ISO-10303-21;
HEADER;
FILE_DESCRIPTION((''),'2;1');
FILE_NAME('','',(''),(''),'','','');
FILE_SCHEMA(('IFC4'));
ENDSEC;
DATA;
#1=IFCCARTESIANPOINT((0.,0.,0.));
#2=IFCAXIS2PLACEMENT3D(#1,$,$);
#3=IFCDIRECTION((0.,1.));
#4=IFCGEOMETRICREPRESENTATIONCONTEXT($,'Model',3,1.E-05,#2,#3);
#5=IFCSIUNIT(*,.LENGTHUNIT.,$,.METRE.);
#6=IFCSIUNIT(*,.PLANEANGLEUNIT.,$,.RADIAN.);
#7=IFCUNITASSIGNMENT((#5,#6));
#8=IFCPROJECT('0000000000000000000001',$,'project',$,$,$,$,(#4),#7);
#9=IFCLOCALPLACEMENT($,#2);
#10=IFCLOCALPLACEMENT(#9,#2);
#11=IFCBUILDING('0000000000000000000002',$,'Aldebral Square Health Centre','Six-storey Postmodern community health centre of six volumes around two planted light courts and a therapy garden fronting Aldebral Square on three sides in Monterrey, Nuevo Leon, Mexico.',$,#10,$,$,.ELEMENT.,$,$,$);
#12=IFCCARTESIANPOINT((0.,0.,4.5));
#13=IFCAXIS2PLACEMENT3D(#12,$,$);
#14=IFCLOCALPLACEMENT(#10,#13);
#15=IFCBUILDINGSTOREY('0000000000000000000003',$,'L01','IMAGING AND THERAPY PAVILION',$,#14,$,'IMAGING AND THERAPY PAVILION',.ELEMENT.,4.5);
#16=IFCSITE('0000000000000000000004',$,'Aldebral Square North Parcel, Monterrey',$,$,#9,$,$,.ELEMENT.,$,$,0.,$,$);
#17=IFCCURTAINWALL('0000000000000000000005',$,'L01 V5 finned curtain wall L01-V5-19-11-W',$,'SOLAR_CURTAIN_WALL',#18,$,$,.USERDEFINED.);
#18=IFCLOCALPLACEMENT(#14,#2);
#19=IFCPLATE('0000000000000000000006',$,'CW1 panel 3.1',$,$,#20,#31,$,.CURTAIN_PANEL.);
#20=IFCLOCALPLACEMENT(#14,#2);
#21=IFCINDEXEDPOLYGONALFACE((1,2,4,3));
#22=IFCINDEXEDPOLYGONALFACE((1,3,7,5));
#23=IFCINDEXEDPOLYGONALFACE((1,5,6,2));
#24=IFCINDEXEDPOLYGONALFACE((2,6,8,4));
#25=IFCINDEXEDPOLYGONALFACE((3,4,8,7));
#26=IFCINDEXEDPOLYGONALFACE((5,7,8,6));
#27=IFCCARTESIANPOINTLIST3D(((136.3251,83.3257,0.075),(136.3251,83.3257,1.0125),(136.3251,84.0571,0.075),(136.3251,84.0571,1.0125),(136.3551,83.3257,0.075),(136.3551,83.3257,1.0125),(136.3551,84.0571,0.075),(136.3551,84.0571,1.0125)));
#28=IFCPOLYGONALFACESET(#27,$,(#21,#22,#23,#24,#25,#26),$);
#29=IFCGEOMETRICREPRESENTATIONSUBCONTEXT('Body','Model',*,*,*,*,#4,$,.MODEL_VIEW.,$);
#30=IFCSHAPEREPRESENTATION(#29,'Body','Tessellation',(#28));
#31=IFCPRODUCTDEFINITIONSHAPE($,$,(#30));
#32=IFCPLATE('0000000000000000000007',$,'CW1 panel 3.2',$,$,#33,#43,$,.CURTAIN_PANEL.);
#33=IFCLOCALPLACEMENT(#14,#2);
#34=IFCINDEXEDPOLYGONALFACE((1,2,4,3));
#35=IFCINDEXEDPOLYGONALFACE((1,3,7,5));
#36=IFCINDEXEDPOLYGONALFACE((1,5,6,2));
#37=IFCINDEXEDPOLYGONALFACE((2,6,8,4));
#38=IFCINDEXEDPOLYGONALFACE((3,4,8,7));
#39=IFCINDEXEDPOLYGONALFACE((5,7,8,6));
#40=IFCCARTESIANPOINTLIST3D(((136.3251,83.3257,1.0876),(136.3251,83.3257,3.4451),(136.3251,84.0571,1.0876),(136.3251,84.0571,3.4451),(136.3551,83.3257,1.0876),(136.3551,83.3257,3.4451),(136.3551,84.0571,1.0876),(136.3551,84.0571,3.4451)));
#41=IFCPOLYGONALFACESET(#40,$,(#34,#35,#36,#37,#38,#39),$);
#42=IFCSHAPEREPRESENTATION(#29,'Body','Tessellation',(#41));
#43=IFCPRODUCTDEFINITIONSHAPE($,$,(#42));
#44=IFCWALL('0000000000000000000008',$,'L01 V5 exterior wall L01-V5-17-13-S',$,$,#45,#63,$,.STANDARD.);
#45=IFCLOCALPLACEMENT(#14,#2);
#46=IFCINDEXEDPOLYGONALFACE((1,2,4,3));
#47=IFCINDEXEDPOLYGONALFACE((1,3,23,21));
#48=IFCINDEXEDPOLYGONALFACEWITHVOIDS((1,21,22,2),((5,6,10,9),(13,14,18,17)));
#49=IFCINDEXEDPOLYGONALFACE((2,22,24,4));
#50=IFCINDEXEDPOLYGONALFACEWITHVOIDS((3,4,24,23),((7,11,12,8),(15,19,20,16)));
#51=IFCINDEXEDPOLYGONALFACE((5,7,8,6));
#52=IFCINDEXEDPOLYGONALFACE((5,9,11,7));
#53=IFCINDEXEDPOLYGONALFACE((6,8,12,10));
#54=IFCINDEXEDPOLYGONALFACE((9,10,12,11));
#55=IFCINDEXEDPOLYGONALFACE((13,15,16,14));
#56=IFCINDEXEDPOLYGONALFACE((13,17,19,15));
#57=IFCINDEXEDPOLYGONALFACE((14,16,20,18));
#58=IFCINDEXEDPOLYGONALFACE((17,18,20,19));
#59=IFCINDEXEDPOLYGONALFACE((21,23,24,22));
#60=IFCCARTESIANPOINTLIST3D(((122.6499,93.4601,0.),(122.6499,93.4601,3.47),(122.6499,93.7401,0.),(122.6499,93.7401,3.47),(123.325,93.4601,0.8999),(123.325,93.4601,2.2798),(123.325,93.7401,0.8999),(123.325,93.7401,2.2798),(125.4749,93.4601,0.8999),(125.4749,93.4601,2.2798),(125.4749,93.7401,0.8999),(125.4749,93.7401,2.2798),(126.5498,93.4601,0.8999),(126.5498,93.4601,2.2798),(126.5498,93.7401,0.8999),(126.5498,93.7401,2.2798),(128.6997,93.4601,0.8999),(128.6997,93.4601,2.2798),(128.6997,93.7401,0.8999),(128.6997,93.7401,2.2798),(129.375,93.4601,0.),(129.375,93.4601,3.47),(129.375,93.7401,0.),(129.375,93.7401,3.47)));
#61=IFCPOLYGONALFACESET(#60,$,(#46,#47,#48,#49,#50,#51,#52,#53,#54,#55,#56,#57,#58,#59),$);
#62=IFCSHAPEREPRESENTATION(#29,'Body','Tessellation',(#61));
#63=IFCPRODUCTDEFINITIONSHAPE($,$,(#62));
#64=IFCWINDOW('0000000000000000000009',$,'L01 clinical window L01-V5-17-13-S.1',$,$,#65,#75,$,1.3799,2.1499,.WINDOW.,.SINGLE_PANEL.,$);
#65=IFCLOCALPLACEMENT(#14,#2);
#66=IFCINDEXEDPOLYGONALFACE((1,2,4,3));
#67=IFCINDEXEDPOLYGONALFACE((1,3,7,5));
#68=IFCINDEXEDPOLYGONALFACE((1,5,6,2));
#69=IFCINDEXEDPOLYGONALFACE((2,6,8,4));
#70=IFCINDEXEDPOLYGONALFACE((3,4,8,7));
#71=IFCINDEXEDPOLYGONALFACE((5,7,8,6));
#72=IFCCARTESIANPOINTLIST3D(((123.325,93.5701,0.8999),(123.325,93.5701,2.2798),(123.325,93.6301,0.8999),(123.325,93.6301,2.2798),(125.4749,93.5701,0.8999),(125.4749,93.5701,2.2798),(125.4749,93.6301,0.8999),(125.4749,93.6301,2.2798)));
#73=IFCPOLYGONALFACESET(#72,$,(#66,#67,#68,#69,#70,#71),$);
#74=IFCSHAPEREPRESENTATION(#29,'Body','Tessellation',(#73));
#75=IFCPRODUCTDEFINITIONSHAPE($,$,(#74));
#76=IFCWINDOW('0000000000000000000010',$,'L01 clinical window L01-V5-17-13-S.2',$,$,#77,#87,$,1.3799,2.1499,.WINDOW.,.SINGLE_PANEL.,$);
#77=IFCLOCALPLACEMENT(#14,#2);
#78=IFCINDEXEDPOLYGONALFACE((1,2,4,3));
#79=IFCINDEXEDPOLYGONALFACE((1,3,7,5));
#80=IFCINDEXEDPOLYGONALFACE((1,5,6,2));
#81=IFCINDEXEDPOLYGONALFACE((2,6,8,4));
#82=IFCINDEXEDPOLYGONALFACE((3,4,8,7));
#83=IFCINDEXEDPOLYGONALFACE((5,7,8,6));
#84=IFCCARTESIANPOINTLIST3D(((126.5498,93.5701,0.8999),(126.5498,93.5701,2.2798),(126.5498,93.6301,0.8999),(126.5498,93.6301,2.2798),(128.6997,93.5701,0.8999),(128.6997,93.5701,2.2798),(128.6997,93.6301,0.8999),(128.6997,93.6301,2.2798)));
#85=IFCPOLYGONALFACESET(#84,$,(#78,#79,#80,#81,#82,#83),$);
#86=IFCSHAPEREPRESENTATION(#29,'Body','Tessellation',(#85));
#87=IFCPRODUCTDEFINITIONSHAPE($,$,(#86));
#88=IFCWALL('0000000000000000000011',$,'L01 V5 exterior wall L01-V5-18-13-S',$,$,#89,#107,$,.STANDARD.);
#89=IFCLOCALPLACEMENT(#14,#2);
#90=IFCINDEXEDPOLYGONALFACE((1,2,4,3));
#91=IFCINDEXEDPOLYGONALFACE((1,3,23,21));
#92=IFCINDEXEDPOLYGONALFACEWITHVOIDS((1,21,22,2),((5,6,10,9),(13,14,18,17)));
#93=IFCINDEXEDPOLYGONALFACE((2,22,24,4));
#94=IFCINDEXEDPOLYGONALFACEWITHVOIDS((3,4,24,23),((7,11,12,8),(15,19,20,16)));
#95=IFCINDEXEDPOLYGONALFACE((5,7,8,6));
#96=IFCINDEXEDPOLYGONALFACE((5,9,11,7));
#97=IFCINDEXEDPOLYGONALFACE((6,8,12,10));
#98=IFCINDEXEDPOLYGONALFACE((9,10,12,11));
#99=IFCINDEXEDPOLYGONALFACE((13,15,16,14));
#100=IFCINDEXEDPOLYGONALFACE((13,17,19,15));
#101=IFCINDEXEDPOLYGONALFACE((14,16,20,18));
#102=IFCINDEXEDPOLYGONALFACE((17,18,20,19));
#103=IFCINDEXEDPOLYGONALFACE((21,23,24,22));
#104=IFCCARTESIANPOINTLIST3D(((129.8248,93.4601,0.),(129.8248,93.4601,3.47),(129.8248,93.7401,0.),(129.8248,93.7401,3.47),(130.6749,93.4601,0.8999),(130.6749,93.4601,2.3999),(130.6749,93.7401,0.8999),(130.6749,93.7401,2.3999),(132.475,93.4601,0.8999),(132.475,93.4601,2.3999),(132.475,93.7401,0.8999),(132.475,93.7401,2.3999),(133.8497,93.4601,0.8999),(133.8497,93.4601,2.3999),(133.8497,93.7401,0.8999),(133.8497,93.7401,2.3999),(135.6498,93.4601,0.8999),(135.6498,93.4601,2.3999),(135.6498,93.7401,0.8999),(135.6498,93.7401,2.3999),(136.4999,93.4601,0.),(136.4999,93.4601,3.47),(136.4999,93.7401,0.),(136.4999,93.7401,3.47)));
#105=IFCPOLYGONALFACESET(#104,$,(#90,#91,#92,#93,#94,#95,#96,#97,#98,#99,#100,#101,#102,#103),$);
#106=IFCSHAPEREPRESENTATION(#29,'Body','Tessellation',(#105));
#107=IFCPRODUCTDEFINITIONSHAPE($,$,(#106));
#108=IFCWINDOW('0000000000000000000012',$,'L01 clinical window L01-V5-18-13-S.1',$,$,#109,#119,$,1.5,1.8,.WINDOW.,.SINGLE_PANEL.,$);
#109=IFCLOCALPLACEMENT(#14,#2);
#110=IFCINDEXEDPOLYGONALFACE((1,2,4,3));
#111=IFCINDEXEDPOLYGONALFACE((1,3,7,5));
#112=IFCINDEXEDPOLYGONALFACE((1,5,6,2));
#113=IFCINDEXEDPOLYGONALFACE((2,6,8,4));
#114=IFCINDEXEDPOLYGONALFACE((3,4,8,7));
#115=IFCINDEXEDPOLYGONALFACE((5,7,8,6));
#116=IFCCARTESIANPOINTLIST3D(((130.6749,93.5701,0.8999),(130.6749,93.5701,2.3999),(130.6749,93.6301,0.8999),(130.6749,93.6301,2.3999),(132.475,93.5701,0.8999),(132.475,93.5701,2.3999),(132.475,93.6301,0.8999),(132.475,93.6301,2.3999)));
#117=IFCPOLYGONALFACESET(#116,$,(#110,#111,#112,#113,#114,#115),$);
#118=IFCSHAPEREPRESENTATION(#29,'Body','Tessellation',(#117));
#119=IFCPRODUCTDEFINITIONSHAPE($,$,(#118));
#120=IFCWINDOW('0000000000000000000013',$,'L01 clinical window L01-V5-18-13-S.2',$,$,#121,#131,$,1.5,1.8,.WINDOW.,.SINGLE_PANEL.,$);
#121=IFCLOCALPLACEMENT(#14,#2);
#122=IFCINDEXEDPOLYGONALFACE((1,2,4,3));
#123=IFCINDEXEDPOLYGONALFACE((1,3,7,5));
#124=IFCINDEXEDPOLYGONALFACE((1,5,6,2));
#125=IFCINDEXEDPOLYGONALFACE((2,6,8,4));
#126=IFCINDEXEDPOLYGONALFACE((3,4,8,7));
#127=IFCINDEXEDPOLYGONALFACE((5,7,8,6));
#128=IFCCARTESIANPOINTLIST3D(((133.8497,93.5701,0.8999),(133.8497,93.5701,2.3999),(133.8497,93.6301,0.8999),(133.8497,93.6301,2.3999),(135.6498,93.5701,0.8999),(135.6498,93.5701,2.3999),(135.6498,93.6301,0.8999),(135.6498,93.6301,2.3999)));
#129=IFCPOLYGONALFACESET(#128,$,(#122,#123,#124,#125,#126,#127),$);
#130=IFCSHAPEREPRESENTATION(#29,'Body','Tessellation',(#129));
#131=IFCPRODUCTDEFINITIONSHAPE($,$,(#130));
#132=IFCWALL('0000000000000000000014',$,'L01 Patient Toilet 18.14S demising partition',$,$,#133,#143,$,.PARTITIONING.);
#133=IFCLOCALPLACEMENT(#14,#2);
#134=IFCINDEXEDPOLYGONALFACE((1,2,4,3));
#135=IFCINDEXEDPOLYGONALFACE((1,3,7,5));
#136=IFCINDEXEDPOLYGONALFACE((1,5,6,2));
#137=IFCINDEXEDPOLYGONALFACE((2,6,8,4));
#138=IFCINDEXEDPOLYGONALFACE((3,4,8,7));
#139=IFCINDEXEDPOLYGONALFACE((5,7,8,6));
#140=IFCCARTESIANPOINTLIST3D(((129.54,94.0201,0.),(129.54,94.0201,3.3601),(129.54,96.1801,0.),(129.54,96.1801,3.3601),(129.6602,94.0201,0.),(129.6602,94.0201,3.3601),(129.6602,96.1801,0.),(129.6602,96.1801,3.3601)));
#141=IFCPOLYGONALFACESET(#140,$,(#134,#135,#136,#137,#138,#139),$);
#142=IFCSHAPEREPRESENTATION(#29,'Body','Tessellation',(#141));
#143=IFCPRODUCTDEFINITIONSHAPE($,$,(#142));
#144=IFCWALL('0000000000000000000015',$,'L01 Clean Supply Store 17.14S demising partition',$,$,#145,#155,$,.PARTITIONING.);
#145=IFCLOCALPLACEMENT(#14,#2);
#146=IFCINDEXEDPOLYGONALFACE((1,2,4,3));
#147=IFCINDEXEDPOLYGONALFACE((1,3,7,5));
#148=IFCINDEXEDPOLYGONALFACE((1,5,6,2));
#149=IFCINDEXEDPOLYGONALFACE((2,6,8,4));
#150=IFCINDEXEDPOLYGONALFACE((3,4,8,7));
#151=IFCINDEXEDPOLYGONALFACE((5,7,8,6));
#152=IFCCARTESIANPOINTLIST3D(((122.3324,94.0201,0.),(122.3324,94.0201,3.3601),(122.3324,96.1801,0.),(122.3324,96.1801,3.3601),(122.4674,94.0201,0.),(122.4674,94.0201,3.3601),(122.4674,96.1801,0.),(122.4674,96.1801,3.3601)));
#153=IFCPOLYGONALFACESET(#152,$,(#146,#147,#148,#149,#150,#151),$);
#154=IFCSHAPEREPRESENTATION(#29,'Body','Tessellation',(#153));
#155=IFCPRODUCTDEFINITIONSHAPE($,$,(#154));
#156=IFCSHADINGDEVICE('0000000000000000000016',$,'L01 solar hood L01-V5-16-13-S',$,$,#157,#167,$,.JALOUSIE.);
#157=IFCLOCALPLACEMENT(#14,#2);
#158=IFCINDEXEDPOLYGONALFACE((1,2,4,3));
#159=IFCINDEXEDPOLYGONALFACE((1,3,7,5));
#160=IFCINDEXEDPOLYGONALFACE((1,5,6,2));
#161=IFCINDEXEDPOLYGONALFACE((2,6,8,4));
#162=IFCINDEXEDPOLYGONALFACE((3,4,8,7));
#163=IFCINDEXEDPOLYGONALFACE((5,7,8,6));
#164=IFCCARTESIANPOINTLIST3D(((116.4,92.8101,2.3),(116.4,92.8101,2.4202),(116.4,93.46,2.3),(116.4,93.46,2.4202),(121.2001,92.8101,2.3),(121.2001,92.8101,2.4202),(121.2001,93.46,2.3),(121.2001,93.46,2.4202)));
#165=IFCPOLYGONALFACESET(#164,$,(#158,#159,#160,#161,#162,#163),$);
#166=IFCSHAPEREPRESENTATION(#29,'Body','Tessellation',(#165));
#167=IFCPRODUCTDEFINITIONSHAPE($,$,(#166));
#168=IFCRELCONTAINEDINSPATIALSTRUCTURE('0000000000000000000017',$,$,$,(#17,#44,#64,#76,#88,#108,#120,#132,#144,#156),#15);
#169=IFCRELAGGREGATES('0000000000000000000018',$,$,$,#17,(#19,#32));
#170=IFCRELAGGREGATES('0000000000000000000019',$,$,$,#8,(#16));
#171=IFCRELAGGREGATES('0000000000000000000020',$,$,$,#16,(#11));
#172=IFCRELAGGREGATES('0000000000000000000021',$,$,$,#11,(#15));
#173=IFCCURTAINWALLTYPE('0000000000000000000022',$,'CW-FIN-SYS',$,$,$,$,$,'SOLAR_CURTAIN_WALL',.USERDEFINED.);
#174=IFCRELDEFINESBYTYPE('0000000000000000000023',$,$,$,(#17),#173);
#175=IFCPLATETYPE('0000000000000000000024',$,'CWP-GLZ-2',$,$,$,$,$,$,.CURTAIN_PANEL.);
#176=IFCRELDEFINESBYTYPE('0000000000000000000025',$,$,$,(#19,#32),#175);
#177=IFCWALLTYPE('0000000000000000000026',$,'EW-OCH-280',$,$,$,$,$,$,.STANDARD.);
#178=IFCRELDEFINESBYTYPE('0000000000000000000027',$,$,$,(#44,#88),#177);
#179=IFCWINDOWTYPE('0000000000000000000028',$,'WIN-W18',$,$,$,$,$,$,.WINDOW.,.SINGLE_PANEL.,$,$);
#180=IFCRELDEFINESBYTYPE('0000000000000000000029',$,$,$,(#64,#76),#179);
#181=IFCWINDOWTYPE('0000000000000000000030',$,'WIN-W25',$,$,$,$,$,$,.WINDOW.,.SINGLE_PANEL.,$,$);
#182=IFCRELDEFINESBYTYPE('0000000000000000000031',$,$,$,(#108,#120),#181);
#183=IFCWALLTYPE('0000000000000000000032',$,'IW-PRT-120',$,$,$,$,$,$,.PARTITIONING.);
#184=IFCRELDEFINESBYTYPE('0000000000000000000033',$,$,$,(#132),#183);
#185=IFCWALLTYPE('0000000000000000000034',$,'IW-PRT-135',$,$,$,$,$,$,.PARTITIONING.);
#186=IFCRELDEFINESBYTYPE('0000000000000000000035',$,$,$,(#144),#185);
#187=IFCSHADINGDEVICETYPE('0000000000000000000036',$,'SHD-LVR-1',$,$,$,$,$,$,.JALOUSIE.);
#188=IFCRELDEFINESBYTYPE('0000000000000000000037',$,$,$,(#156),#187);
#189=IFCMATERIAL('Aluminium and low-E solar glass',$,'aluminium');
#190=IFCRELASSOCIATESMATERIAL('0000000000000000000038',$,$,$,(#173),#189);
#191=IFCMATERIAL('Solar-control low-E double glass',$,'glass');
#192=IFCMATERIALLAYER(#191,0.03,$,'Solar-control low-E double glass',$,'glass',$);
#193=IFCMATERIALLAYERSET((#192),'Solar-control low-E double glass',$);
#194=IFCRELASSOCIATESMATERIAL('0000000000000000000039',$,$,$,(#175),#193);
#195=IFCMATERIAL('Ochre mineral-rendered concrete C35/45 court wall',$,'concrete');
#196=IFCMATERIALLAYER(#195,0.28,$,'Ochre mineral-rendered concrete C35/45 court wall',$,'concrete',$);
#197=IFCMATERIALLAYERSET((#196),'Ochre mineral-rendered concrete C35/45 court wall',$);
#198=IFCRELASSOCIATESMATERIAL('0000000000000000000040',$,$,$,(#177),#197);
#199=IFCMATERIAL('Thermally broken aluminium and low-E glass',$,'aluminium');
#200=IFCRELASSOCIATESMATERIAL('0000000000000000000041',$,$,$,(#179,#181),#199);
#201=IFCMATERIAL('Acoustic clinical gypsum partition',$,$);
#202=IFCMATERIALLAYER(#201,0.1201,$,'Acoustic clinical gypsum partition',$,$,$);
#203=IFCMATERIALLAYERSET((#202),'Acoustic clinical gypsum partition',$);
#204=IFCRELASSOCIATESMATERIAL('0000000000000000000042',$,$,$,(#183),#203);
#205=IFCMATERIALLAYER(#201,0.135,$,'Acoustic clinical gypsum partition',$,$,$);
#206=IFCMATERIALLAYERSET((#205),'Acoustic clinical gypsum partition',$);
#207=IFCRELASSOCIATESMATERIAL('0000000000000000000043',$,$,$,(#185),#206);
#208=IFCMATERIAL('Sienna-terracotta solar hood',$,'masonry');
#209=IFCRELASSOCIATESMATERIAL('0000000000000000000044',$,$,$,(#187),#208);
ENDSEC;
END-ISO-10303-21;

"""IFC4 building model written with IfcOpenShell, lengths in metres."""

from ifc_helpers import new_model, si_unit, direction, frame, frame_2d, origin, origin_2d, place, context, subcontext, project, spatial, rectangle, extrude, material, layer, layer_set, type_object, element, fill, aggregate, save


model = new_model("IFC4")

# Units and contexts
model_context = context("Model", 3, precision=1e-05, world=origin(), true_north=direction((0.0, 1.0)))
body_context = subcontext(model_context, "Body", "Model", "MODEL_VIEW")
ifc_project = project(units=[si_unit("LENGTHUNIT", "METRE"), si_unit("PLANEANGLEUNIT", "RADIAN")], contexts=[model_context])

# Site, building, storey
site_placement = place(None, origin())
site = spatial("IfcSite", under=ifc_project, at=site_placement, Name="Aldebral Square North Parcel, Monterrey", CompositionType="ELEMENT", RefElevation=0.0)
building_placement = place(site_placement, origin())
building = spatial("IfcBuilding", under=site, at=building_placement, Name="Aldebral Square Health Centre", Description="Six-storey Postmodern community health centre of six volumes around two planted light courts and a therapy garden fronting Aldebral Square on three sides in Monterrey, Nuevo Leon, Mexico.", CompositionType="ELEMENT")
storey_placement = place(building_placement, frame((0.0, 0.0, 4.5)))
storey = spatial("IfcBuildingStorey", under=building, at=storey_placement, Name="L01", Description="IMAGING AND THERAPY PAVILION", LongName="IMAGING AND THERAPY PAVILION", CompositionType="ELEMENT", Elevation=4.5)

# Curtain wall, plates
ifc_material_1 = material(Name="Aluminium and low-E solar glass", Category="aluminium")
curtain_wall_type = type_object("IfcCurtainWallType", Name="CW-FIN-SYS", ElementType="SOLAR_CURTAIN_WALL", PredefinedType="USERDEFINED", material=ifc_material_1)
curtain_wall_placement = place(storey_placement, origin())
curtain_wall = element("IfcCurtainWall", 1, at=curtain_wall_placement, inside=storey, type_object=curtain_wall_type, Name="L01 V5 finned curtain wall L01-V5-19-11-W", ObjectType="SOLAR_CURTAIN_WALL", PredefinedType="USERDEFINED")
ifc_material_2 = material(Name="Solar-control low-E double glass", Category="glass")
ifc_layer_1 = layer(ifc_material_2, 0.03, Name="Solar-control low-E double glass", Category="glass")
ifc_layer_set_1 = layer_set([ifc_layer_1], Name="Solar-control low-E double glass")
plate_type = type_object("IfcPlateType", Name="CWP-GLZ-2", PredefinedType="CURTAIN_PANEL", material=ifc_layer_set_1)
plate_1_placement = place(storey_placement, frame((136.3401, 83.6914, 0.075), z_axis=(0.0, 0.0, 1.0), x_axis=(0.0, -1.0, 0.0)))
plate_1 = element("IfcPlate", 2, at=plate_1_placement, type_object=plate_type, Name="CW1 panel 3.1", PredefinedType="CURTAIN_PANEL", context=body_context, shape_type="SweptSolid", body=[
    extrude(rectangle(XDim=0.7314, YDim=0.03, at=origin_2d()), origin(), (0.0, 0.0, 1.0), 0.9375),
])
plate_2_placement = place(storey_placement, frame((136.3401, 83.6914, 1.0876), z_axis=(0.0, 0.0, 1.0), x_axis=(0.0, -1.0, 0.0)))
plate_2 = element("IfcPlate", 3, at=plate_2_placement, type_object=plate_type, Name="CW1 panel 3.2", PredefinedType="CURTAIN_PANEL", context=body_context, shape_type="SweptSolid", body=[
    extrude(rectangle(XDim=0.7314, YDim=0.03, at=origin_2d()), origin(), (0.0, 0.0, 1.0), 2.3574),
])
aggregate(curtain_wall, [plate_1, plate_2])

# Walls, openings, windows
ifc_material_3 = material(Name="Ochre mineral-rendered concrete C35/45 court wall", Category="concrete")
ifc_layer_2 = layer(ifc_material_3, 0.28, Name="Ochre mineral-rendered concrete C35/45 court wall", Category="concrete")
ifc_layer_set_2 = layer_set([ifc_layer_2], Name="Ochre mineral-rendered concrete C35/45 court wall")
wall_type_1 = type_object("IfcWallType", Name="EW-OCH-280", PredefinedType="STANDARD", material=ifc_layer_set_2)
wall_1_placement = place(storey_placement, frame((122.6499, 93.6001, 0.0), z_axis=(0.0, 0.0, 1.0), x_axis=(1.0, 0.0, 0.0)))
wall_1 = element("IfcWall", 4, at=wall_1_placement, inside=storey, type_object=wall_type_1, Name="L01 V5 exterior wall L01-V5-17-13-S", PredefinedType="STANDARD", context=body_context, shape_type="SweptSolid", body=[
    extrude(rectangle(XDim=6.7251, YDim=0.28, at=frame_2d((3.3625, 0.0))), origin(), (0.0, 0.0, 1.0), 3.47),
])
opening_1_placement = place(wall_1_placement, frame((0.675, 0.0, 0.8999)))
opening_1 = element("IfcOpeningElement", 5, at=opening_1_placement, cuts=wall_1, PredefinedType="OPENING", context=body_context, shape_type="SweptSolid", body=[
    extrude(rectangle(XDim=2.1499, YDim=1.3799, at=frame_2d((1.075, 0.6899))), frame((0.0, 0.1499, 0.0), z_axis=(0.0, -1.0, 0.0), x_axis=(1.0, 0.0, 0.0)), (0.0, 0.0, 1.0), 0.3),
])
opening_2_placement = place(wall_1_placement, frame((3.8999, 0.0, 0.8999)))
opening_2 = element("IfcOpeningElement", 6, at=opening_2_placement, cuts=wall_1, PredefinedType="OPENING", context=body_context, shape_type="SweptSolid", body=[
    extrude(rectangle(XDim=2.1499, YDim=1.3799, at=frame_2d((1.075, 0.6899))), frame((0.0, 0.1499, 0.0), z_axis=(0.0, -1.0, 0.0), x_axis=(1.0, 0.0, 0.0)), (0.0, 0.0, 1.0), 0.3),
])
ifc_material_4 = material(Name="Thermally broken aluminium and low-E glass", Category="aluminium")
window_type_1 = type_object("IfcWindowType", Name="WIN-W18", PartitioningType="SINGLE_PANEL", PredefinedType="WINDOW", material=ifc_material_4)
window_1_placement = place(opening_1_placement, origin())
window_1 = element("IfcWindow", 7, at=window_1_placement, inside=storey, type_object=window_type_1, Name="L01 clinical window L01-V5-17-13-S.1", OverallHeight=1.3799, OverallWidth=2.1499, PartitioningType="SINGLE_PANEL", PredefinedType="WINDOW", context=body_context, shape_type="SweptSolid", body=[
    extrude(rectangle(XDim=2.1499, YDim=1.3799, at=frame_2d((1.075, 0.6899))), frame((0.0, 0.03, 0.0), z_axis=(0.0, -1.0, 0.0), x_axis=(1.0, 0.0, 0.0)), (0.0, 0.0, 1.0), 0.0601),
])
fill(opening_1, window_1)
window_2_placement = place(opening_2_placement, origin())
window_2 = element("IfcWindow", 8, at=window_2_placement, inside=storey, type_object=window_type_1, Name="L01 clinical window L01-V5-17-13-S.2", OverallHeight=1.3799, OverallWidth=2.1499, PartitioningType="SINGLE_PANEL", PredefinedType="WINDOW", context=body_context, shape_type="SweptSolid", body=[
    extrude(rectangle(XDim=2.1499, YDim=1.3799, at=frame_2d((1.075, 0.6899))), frame((0.0, 0.03, 0.0), z_axis=(0.0, -1.0, 0.0), x_axis=(1.0, 0.0, 0.0)), (0.0, 0.0, 1.0), 0.0601),
])
fill(opening_2, window_2)
wall_2_placement = place(storey_placement, frame((129.825, 93.6001, 0.0), z_axis=(0.0, 0.0, 1.0), x_axis=(1.0, 0.0, 0.0)))
wall_2 = element("IfcWall", 9, at=wall_2_placement, inside=storey, type_object=wall_type_1, Name="L01 V5 exterior wall L01-V5-18-13-S", PredefinedType="STANDARD", context=body_context, shape_type="SweptSolid", body=[
    extrude(rectangle(XDim=6.675, YDim=0.28, at=frame_2d((3.3374, 0.0))), origin(), (0.0, 0.0, 1.0), 3.47),
])
opening_3_placement = place(wall_2_placement, frame((0.8501, 0.0, 0.8999)))
opening_3 = element("IfcOpeningElement", 10, at=opening_3_placement, cuts=wall_2, PredefinedType="OPENING", context=body_context, shape_type="SweptSolid", body=[
    extrude(rectangle(XDim=1.8, YDim=1.5, at=frame_2d((0.8999, 0.75))), frame((0.0, 0.1499, 0.0), z_axis=(0.0, -1.0, 0.0), x_axis=(1.0, 0.0, 0.0)), (0.0, 0.0, 1.0), 0.3),
])
opening_4_placement = place(wall_2_placement, frame((4.0249, 0.0, 0.8999)))
opening_4 = element("IfcOpeningElement", 11, at=opening_4_placement, cuts=wall_2, PredefinedType="OPENING", context=body_context, shape_type="SweptSolid", body=[
    extrude(rectangle(XDim=1.8, YDim=1.5, at=frame_2d((0.8999, 0.75))), frame((0.0, 0.1499, 0.0), z_axis=(0.0, -1.0, 0.0), x_axis=(1.0, 0.0, 0.0)), (0.0, 0.0, 1.0), 0.3),
])
window_type_2 = type_object("IfcWindowType", Name="WIN-W25", PartitioningType="SINGLE_PANEL", PredefinedType="WINDOW", material=ifc_material_4)
window_3_placement = place(opening_3_placement, origin())
window_3 = element("IfcWindow", 12, at=window_3_placement, inside=storey, type_object=window_type_2, Name="L01 clinical window L01-V5-18-13-S.1", OverallHeight=1.5, OverallWidth=1.8, PartitioningType="SINGLE_PANEL", PredefinedType="WINDOW", context=body_context, shape_type="SweptSolid", body=[
    extrude(rectangle(XDim=1.8, YDim=1.5, at=frame_2d((0.8999, 0.75))), frame((0.0, 0.03, 0.0), z_axis=(0.0, -1.0, 0.0), x_axis=(1.0, 0.0, 0.0)), (0.0, 0.0, 1.0), 0.0601),
])
fill(opening_3, window_3)
window_4_placement = place(opening_4_placement, origin())
window_4 = element("IfcWindow", 13, at=window_4_placement, inside=storey, type_object=window_type_2, Name="L01 clinical window L01-V5-18-13-S.2", OverallHeight=1.5, OverallWidth=1.8, PartitioningType="SINGLE_PANEL", PredefinedType="WINDOW", context=body_context, shape_type="SweptSolid", body=[
    extrude(rectangle(XDim=1.8, YDim=1.5, at=frame_2d((0.8999, 0.75))), frame((0.0, 0.03, 0.0), z_axis=(0.0, -1.0, 0.0), x_axis=(1.0, 0.0, 0.0)), (0.0, 0.0, 1.0), 0.0601),
])
fill(opening_4, window_4)

# Walls
ifc_material_5 = material(Name="Acoustic clinical gypsum partition")
ifc_layer_3 = layer(ifc_material_5, 0.1201, Name="Acoustic clinical gypsum partition")
ifc_layer_set_3 = layer_set([ifc_layer_3], Name="Acoustic clinical gypsum partition")
wall_type_2 = type_object("IfcWallType", Name="IW-PRT-120", PredefinedType="PARTITIONING", material=ifc_layer_set_3)
wall_3_placement = place(storey_placement, frame((129.6001, 94.02, 0.0), z_axis=(0.0, 0.0, 1.0), x_axis=(0.0, 1.0, 0.0)))
element("IfcWall", 14, at=wall_3_placement, inside=storey, type_object=wall_type_2, Name="L01 Patient Toilet 18.14S demising partition", PredefinedType="PARTITIONING", context=body_context, shape_type="SweptSolid", body=[
    extrude(rectangle(XDim=2.1599, YDim=0.1201, at=frame_2d((1.0801, 0.0))), origin(), (0.0, 0.0, 1.0), 3.3601),
])
ifc_layer_4 = layer(ifc_material_5, 0.135, Name="Acoustic clinical gypsum partition")
ifc_layer_set_4 = layer_set([ifc_layer_4], Name="Acoustic clinical gypsum partition")
wall_type_3 = type_object("IfcWallType", Name="IW-PRT-135", PredefinedType="PARTITIONING", material=ifc_layer_set_4)
wall_4_placement = place(storey_placement, frame((122.3999, 94.02, 0.0), z_axis=(0.0, 0.0, 1.0), x_axis=(0.0, 1.0, 0.0)))
element("IfcWall", 15, at=wall_4_placement, inside=storey, type_object=wall_type_3, Name="L01 Clean Supply Store 17.14S demising partition", PredefinedType="PARTITIONING", context=body_context, shape_type="SweptSolid", body=[
    extrude(rectangle(XDim=2.1599, YDim=0.135, at=frame_2d((1.0801, 0.0))), origin(), (0.0, 0.0, 1.0), 3.3601),
])

# Shading device
ifc_material_6 = material(Name="Sienna-terracotta solar hood", Category="masonry")
shading_device_type = type_object("IfcShadingDeviceType", Name="SHD-LVR-1", PredefinedType="JALOUSIE", material=ifc_material_6)
for number, where, z_axis, x_axis, name in (
    (16, (118.8, 93.135, 2.3), (0.0, 0.0, 1.0), (1.0, 0.0, 0.0), "L01 solar hood L01-V5-16-13-S"),
):
    element("IfcShadingDevice", number, at=place(storey_placement, frame(where, z_axis=z_axis, x_axis=x_axis)), inside=storey, type_object=shading_device_type, Name=name, PredefinedType="JALOUSIE", context=body_context, shape_type="SweptSolid", body=[
        extrude(rectangle(XDim=4.8, YDim=0.6499, at=origin_2d()), origin(), (0.0, 0.0, 1.0), 0.1201),
    ])

save(model, "model.ifc")
